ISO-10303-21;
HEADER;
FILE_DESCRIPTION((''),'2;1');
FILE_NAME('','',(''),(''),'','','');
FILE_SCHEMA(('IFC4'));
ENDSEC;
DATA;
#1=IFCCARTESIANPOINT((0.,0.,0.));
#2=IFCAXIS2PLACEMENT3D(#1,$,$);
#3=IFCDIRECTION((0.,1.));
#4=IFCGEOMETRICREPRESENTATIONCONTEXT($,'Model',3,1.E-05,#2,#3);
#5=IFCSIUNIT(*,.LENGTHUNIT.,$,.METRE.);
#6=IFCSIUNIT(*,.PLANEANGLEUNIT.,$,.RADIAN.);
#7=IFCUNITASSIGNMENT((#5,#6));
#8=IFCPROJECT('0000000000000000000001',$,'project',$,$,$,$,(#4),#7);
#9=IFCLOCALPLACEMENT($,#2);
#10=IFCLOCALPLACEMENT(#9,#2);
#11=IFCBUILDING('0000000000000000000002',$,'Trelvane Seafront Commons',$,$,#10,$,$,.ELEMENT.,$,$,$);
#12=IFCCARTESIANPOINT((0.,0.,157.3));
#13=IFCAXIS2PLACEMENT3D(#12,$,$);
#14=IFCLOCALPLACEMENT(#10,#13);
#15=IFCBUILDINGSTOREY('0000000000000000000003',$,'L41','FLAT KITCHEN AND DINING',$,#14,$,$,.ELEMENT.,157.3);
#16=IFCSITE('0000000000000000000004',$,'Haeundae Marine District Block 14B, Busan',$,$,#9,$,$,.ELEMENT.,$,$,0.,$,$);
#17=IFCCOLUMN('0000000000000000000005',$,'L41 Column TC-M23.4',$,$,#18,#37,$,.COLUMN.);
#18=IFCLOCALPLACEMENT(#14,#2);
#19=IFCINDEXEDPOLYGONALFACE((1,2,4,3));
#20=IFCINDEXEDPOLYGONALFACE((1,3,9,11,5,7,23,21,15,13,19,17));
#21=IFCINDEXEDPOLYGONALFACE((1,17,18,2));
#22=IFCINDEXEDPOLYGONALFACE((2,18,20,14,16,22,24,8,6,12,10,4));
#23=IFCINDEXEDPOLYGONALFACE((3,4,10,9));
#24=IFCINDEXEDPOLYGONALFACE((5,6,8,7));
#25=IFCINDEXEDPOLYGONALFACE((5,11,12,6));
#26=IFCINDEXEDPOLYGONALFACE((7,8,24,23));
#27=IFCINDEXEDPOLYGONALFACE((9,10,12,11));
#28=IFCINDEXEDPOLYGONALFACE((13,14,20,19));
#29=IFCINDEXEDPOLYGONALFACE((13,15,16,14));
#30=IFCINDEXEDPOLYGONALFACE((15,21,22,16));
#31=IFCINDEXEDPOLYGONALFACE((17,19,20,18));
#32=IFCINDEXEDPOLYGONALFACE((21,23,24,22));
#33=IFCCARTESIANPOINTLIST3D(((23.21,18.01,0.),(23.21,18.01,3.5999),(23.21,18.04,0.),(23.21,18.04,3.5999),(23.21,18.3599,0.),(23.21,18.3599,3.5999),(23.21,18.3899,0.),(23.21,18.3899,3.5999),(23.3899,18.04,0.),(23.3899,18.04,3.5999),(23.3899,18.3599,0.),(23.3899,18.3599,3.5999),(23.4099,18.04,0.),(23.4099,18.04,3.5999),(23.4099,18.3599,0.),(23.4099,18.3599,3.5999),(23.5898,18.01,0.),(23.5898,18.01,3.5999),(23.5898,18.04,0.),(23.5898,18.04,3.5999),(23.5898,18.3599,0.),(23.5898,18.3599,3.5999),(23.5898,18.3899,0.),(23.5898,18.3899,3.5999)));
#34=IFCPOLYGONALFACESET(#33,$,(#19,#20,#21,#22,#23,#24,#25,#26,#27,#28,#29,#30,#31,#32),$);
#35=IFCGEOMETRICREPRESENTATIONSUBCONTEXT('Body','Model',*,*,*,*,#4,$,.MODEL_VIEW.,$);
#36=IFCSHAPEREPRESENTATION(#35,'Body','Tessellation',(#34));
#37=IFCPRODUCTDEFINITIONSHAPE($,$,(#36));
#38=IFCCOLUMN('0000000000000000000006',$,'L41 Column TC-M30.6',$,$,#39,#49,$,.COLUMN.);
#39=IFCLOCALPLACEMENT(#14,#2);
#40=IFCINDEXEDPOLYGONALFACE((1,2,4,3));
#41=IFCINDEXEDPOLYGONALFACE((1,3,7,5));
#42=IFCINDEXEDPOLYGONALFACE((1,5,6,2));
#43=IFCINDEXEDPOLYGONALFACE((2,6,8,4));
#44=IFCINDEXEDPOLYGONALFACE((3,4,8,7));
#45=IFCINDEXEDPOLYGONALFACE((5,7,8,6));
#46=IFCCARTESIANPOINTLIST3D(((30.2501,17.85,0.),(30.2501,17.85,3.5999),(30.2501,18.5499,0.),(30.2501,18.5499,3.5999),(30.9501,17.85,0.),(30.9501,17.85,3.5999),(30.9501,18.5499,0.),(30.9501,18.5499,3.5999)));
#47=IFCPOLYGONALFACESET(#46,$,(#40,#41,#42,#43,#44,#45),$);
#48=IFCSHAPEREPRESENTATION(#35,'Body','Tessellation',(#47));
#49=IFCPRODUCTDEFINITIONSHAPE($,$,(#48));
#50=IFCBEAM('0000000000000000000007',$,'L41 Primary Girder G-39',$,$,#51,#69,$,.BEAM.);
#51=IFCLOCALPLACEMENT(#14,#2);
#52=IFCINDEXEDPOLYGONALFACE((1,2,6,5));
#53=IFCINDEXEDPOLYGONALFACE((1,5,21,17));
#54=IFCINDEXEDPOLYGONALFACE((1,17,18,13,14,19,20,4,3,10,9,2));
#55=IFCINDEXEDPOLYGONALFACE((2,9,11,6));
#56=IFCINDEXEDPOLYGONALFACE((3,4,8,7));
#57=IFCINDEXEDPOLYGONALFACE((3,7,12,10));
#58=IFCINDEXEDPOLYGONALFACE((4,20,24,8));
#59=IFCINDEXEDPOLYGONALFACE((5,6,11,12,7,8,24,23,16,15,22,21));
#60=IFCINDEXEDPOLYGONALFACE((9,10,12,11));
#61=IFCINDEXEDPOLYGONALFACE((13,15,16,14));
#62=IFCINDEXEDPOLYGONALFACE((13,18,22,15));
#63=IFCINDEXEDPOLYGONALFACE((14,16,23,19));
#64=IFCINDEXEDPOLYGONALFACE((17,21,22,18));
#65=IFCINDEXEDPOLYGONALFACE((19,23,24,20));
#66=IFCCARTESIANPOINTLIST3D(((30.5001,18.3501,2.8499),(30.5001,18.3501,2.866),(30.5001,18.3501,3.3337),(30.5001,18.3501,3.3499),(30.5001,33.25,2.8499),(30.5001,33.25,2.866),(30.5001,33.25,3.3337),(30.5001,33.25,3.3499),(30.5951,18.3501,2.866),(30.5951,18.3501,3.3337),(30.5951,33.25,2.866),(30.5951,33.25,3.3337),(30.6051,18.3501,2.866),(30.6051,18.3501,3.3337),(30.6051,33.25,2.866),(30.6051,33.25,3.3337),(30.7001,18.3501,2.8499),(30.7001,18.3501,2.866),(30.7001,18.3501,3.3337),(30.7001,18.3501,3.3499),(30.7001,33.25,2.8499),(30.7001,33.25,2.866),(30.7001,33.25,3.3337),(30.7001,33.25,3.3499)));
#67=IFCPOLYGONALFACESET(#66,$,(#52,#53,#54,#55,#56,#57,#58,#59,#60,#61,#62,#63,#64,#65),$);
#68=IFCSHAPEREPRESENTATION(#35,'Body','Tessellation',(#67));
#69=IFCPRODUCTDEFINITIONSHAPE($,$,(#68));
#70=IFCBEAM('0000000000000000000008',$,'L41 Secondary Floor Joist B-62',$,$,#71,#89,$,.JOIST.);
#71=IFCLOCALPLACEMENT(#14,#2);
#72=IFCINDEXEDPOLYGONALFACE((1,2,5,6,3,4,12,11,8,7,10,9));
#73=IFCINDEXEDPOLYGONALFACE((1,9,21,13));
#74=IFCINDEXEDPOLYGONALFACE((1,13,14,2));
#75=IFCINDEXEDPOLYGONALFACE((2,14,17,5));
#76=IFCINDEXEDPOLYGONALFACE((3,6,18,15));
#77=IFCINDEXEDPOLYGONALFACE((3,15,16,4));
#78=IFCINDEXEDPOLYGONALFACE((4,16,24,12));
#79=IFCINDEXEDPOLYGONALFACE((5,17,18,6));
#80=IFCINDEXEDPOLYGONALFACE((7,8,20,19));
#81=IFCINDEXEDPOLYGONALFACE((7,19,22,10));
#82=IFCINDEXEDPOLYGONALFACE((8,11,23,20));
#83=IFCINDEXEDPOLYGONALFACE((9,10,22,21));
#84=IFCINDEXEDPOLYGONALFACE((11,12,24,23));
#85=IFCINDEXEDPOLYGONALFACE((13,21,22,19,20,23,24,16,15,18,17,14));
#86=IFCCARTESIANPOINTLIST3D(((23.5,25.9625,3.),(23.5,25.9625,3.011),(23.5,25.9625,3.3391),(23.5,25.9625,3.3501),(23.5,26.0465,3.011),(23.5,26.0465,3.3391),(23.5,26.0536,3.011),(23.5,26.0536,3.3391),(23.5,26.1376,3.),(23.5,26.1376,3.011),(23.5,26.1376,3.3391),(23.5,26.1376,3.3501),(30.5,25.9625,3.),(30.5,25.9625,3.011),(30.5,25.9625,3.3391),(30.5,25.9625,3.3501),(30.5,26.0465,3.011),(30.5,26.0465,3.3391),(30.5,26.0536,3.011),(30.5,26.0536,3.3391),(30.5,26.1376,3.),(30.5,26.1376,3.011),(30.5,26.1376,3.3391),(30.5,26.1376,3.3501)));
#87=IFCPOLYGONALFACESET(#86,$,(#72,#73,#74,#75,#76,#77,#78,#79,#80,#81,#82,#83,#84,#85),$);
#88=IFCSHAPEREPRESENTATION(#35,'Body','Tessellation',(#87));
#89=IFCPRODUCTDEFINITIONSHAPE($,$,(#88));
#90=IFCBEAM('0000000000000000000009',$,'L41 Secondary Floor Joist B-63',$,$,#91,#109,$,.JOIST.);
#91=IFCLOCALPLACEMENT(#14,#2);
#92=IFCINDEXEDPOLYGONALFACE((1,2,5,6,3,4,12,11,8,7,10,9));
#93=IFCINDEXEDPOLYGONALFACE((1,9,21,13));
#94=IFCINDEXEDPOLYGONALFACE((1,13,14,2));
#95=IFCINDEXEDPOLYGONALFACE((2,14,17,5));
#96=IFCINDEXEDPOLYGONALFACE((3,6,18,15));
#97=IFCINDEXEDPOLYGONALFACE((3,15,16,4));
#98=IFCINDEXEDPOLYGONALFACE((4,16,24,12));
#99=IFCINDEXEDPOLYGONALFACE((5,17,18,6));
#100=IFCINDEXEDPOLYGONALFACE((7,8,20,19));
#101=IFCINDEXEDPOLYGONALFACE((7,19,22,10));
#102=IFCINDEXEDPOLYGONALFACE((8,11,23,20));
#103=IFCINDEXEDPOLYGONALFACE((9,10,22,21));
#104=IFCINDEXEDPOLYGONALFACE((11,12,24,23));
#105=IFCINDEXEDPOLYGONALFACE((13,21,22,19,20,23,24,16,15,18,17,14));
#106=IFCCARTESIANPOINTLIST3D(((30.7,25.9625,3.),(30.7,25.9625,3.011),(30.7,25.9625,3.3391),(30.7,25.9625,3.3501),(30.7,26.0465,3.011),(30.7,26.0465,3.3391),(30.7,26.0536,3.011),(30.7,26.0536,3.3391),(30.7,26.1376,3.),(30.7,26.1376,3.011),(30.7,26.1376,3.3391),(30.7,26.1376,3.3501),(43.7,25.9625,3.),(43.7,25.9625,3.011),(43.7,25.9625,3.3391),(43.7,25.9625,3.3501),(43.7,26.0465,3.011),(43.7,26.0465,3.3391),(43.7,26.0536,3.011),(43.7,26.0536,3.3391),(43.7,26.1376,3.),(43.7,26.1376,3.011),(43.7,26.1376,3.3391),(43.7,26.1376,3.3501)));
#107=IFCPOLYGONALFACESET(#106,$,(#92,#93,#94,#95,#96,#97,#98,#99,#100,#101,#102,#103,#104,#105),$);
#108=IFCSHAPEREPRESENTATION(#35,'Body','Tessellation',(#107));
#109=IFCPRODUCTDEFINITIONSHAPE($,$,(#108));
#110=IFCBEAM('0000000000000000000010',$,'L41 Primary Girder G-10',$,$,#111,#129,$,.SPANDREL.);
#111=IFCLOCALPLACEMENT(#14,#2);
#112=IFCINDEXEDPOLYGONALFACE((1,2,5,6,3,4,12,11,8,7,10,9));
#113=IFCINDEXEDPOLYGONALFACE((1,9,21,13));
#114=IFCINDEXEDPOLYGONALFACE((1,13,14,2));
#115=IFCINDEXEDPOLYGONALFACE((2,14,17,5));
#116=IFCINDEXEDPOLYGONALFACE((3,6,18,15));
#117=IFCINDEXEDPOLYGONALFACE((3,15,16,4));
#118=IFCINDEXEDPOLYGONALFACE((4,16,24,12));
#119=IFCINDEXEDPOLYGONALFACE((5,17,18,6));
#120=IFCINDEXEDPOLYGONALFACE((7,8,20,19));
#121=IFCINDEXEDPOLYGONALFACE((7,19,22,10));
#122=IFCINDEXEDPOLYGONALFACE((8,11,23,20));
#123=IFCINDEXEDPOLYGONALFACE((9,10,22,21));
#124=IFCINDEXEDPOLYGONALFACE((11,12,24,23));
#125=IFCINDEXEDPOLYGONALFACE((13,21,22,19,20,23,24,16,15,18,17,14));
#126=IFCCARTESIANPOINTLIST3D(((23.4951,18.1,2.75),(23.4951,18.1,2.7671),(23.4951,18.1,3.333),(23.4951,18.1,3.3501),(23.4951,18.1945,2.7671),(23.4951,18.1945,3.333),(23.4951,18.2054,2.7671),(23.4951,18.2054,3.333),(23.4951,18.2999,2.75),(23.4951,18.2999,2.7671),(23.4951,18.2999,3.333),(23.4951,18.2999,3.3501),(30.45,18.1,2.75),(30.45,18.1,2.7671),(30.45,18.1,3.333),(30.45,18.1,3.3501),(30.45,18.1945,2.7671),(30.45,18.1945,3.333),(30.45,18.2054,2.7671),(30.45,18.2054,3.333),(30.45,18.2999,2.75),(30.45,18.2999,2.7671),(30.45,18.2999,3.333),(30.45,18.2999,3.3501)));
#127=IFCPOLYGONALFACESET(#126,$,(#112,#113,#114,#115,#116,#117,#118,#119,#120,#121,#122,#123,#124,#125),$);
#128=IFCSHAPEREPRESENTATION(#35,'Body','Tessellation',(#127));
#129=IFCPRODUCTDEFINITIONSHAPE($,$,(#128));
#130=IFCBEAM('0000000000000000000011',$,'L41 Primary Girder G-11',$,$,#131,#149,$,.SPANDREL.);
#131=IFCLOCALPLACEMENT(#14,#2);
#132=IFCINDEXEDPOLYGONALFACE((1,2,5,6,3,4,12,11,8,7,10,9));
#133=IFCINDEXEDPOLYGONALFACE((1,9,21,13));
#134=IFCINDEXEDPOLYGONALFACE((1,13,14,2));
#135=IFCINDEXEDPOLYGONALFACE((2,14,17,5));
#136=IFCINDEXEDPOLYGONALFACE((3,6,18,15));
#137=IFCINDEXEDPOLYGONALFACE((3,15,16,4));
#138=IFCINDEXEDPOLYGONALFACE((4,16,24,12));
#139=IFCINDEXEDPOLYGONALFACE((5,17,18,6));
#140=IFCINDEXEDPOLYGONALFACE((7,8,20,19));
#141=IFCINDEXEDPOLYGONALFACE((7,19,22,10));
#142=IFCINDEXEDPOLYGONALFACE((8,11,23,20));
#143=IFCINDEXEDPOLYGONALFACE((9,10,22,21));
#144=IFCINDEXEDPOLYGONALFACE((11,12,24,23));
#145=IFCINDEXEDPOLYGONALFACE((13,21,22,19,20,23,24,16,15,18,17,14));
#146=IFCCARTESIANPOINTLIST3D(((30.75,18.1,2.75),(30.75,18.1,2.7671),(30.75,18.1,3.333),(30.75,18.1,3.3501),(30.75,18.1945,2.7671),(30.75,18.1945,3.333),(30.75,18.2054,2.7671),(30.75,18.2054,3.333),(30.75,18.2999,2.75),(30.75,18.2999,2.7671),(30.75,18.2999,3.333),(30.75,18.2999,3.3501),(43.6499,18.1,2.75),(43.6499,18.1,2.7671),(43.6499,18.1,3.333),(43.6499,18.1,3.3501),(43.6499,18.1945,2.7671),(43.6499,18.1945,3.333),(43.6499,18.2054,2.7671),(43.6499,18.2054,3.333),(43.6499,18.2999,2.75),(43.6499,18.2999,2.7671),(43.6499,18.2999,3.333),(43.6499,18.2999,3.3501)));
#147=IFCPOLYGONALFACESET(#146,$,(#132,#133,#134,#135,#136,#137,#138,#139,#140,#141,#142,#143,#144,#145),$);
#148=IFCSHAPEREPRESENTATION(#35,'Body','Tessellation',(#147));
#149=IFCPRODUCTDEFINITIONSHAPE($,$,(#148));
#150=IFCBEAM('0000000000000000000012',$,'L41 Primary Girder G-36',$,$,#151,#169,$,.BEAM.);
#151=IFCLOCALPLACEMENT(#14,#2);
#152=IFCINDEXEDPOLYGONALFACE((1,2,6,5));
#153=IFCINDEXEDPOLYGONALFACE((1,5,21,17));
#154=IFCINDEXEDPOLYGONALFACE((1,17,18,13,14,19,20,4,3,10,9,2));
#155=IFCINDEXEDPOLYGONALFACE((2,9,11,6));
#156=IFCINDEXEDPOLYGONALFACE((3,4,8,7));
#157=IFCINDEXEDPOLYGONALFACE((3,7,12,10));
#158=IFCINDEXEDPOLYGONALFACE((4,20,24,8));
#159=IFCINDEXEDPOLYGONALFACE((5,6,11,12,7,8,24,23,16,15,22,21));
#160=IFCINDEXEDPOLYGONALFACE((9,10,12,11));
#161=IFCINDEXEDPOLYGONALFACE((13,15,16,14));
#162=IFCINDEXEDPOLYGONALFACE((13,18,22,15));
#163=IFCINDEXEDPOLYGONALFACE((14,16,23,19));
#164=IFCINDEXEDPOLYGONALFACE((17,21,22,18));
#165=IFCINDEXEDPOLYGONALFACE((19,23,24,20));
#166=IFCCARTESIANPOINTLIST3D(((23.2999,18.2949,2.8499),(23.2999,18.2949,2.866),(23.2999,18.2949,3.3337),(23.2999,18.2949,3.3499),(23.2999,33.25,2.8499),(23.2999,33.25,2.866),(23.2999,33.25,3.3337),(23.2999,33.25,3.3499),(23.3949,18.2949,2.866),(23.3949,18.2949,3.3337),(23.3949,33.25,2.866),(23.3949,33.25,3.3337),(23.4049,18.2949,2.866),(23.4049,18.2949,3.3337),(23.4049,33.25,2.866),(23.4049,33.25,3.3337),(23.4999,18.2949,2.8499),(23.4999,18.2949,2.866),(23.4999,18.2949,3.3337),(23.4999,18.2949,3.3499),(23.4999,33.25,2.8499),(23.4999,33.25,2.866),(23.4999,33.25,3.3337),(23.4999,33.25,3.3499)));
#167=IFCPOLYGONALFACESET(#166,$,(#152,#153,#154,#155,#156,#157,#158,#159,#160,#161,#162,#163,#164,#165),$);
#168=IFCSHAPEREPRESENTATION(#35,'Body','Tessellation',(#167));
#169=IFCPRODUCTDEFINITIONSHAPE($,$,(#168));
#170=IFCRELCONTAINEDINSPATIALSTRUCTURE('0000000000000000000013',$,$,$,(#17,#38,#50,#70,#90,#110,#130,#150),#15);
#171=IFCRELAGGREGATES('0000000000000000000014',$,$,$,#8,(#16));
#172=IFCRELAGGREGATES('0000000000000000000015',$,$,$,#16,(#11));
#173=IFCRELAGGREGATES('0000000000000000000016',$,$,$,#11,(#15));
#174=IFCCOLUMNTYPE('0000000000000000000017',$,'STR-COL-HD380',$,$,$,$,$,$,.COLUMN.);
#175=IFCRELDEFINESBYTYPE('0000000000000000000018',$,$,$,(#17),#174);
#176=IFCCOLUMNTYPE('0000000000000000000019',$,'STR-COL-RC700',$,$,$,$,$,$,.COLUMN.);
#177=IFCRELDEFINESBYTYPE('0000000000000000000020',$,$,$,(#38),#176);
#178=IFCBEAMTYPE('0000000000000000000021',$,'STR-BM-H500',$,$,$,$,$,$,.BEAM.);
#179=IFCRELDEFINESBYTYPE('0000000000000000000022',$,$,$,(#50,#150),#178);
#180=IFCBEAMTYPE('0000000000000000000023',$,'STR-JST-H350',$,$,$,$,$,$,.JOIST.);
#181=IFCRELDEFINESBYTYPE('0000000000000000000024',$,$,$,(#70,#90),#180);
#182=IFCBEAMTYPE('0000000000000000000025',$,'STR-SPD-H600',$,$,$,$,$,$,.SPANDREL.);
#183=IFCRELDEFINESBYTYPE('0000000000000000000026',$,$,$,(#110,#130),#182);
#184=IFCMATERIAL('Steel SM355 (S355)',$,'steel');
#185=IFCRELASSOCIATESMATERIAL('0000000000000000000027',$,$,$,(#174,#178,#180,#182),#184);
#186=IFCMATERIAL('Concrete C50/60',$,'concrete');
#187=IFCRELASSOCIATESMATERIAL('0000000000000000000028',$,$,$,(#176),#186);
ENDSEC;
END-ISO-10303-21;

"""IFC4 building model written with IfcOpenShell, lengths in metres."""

from ifc_helpers import new_model, si_unit, direction, frame, origin, origin_2d, place, context, subcontext, project, spatial, rectangle, i_section, extrude, source, transform, mapped, material, material_profile, profile_set, type_object, element, save


model = new_model("IFC4")

# Units and contexts
model_context = context("Model", 3, precision=1e-05, world=origin(), true_north=direction((0.0, 1.0)))
body_context = subcontext(model_context, "Body", "Model", "MODEL_VIEW")
ifc_project = project(units=[si_unit("LENGTHUNIT", "METRE"), si_unit("PLANEANGLEUNIT", "RADIAN")], contexts=[model_context])

# Site, building, storey
site_placement = place(None, origin())
site = spatial("IfcSite", under=ifc_project, at=site_placement, Name="Haeundae Marine District Block 14B, Busan", CompositionType="ELEMENT", RefElevation=0.0)
building_placement = place(site_placement, origin())
building = spatial("IfcBuilding", under=site, at=building_placement, Name="Trelvane Seafront Commons", CompositionType="ELEMENT")
storey_placement = place(building_placement, frame((0.0, 0.0, 157.3)))
storey = spatial("IfcBuildingStorey", under=building, at=storey_placement, Name="L41", Description="FLAT KITCHEN AND DINING", CompositionType="ELEMENT", Elevation=157.3)

# Columns
ifc_material_1 = material(Name="Steel SM355 (S355)", Category="steel")
ifc_material_profile_1 = material_profile(ifc_material_1, i_section(OverallWidth=0.3799, OverallDepth=0.3799, WebThickness=0.02, FlangeThickness=0.03, at=origin_2d()), Name="HD-380x380x20x30")
ifc_profile_set_1 = profile_set([ifc_material_profile_1], Name="Steel SM355 (S355)")
column_type_1 = type_object("IfcColumnType", Name="STR-COL-HD380", PredefinedType="COLUMN", material=ifc_profile_set_1)
shared_shape_1 = source(origin(), body_context, "Body", "SweptSolid", [
    extrude(i_section(OverallWidth=0.3799, OverallDepth=0.3799, WebThickness=0.02, FlangeThickness=0.03, at=origin_2d()), origin(), (0.0, 0.0, 1.0), 3.5999),
])
column_1_placement = place(storey_placement, frame((23.3999, 18.2, 0.0), z_axis=(0.0, 0.0, 1.0), x_axis=(1.0, 0.0, 0.0)))
element("IfcColumn", 1, at=column_1_placement, inside=storey, type_object=column_type_1, Name="L41 Column TC-M23.4", PredefinedType="COLUMN", context=body_context, shape_type="MappedRepresentation", body=[
    mapped(shared_shape_1, transform((0.0, 0.0, 0.0), x_axis=(1.0, 0.0, 0.0), y_axis=(0.0, 1.0, 0.0), z_axis=(0.0, 0.0, 1.0), scale=1.0)),
])
ifc_material_2 = material(Name="Concrete C50/60", Category="concrete")
ifc_material_profile_2 = material_profile(ifc_material_2, rectangle(XDim=0.7, YDim=0.7, at=origin_2d()), Name="RC-700x700")
ifc_profile_set_2 = profile_set([ifc_material_profile_2], Name="Concrete C50/60")
column_type_2 = type_object("IfcColumnType", Name="STR-COL-RC700", PredefinedType="COLUMN", material=ifc_profile_set_2)
shared_shape_2 = source(origin(), body_context, "Body", "SweptSolid", [
    extrude(rectangle(XDim=0.7, YDim=0.7, at=origin_2d()), origin(), (0.0, 0.0, 1.0), 3.5999),
])
column_2_placement = place(storey_placement, frame((30.6001, 18.2, 0.0), z_axis=(0.0, 0.0, 1.0), x_axis=(1.0, 0.0, 0.0)))
element("IfcColumn", 2, at=column_2_placement, inside=storey, type_object=column_type_2, Name="L41 Column TC-M30.6", PredefinedType="COLUMN", context=body_context, shape_type="MappedRepresentation", body=[
    mapped(shared_shape_2, transform((0.0, 0.0, 0.0), x_axis=(1.0, 0.0, 0.0), y_axis=(0.0, 1.0, 0.0), z_axis=(0.0, 0.0, 1.0), scale=1.0)),
])

# Beams
ifc_material_profile_3 = material_profile(ifc_material_1, i_section(OverallWidth=0.2, OverallDepth=0.5, WebThickness=0.01, FlangeThickness=0.0161, at=origin_2d()), Name="H-500x200x10x16")
ifc_profile_set_3 = profile_set([ifc_material_profile_3], Name="Steel SM355 (S355)")
beam_type_1 = type_object("IfcBeamType", Name="STR-BM-H500", PredefinedType="BEAM", material=ifc_profile_set_3)
shared_shape_3 = source(origin(), body_context, "Body", "SweptSolid", [
    extrude(i_section(OverallWidth=0.2, OverallDepth=0.5, WebThickness=0.01, FlangeThickness=0.0161, at=origin_2d()), origin(), (0.0, 0.0, 1.0), 14.8999),
])
beam_1_placement = place(storey_placement, frame((30.6001, 18.3501, 3.0999), z_axis=(0.0, 1.0, 0.0), x_axis=(-1.0, 0.0, 0.0)))
element("IfcBeam", 3, at=beam_1_placement, inside=storey, type_object=beam_type_1, Name="L41 Primary Girder G-39", PredefinedType="BEAM", context=body_context, shape_type="MappedRepresentation", body=[
    mapped(shared_shape_3, transform((0.0, 0.0, 0.0), x_axis=(1.0, 0.0, 0.0), y_axis=(0.0, 1.0, 0.0), z_axis=(0.0, 0.0, 1.0), scale=1.0)),
])
ifc_material_profile_4 = material_profile(ifc_material_1, i_section(OverallWidth=0.175, OverallDepth=0.3501, WebThickness=0.0071, FlangeThickness=0.011, at=origin_2d()), Name="H-350x175x7x11")
ifc_profile_set_4 = profile_set([ifc_material_profile_4], Name="Steel SM355 (S355)")
beam_type_2 = type_object("IfcBeamType", Name="STR-JST-H350", PredefinedType="JOIST", material=ifc_profile_set_4)
shared_shape_4 = source(origin(), body_context, "Body", "SweptSolid", [
    extrude(i_section(OverallWidth=0.175, OverallDepth=0.3501, WebThickness=0.0071, FlangeThickness=0.011, at=origin_2d()), origin(), (0.0, 0.0, 1.0), 7.0),
])
beam_2_placement = place(storey_placement, frame((23.5, 26.05, 3.175), z_axis=(1.0, 0.0, 0.0), x_axis=(0.0, 1.0, 0.0)))
element("IfcBeam", 4, at=beam_2_placement, inside=storey, type_object=beam_type_2, Name="L41 Secondary Floor Joist B-62", PredefinedType="JOIST", context=body_context, shape_type="MappedRepresentation", body=[
    mapped(shared_shape_4, transform((0.0, 0.0, 0.0), x_axis=(1.0, 0.0, 0.0), y_axis=(0.0, 1.0, 0.0), z_axis=(0.0, 0.0, 1.0), scale=1.0)),
])
shared_shape_5 = source(origin(), body_context, "Body", "SweptSolid", [
    extrude(i_section(OverallWidth=0.175, OverallDepth=0.3501, WebThickness=0.0071, FlangeThickness=0.011, at=origin_2d()), origin(), (0.0, 0.0, 1.0), 13.0),
])
beam_3_placement = place(storey_placement, frame((30.7, 26.05, 3.175), z_axis=(1.0, 0.0, 0.0), x_axis=(0.0, 1.0, 0.0)))
element("IfcBeam", 5, at=beam_3_placement, inside=storey, type_object=beam_type_2, Name="L41 Secondary Floor Joist B-63", PredefinedType="JOIST", context=body_context, shape_type="MappedRepresentation", body=[
    mapped(shared_shape_5, transform((0.0, 0.0, 0.0), x_axis=(1.0, 0.0, 0.0), y_axis=(0.0, 1.0, 0.0), z_axis=(0.0, 0.0, 1.0), scale=1.0)),
])
ifc_material_profile_5 = material_profile(ifc_material_1, i_section(OverallWidth=0.2, OverallDepth=0.6001, WebThickness=0.011, FlangeThickness=0.0171, at=origin_2d()), Name="H-600x200x11x17")
ifc_profile_set_5 = profile_set([ifc_material_profile_5], Name="Steel SM355 (S355)")
beam_type_3 = type_object("IfcBeamType", Name="STR-SPD-H600", PredefinedType="SPANDREL", material=ifc_profile_set_5)
shared_shape_6 = source(origin(), body_context, "Body", "SweptSolid", [
    extrude(i_section(OverallWidth=0.2, OverallDepth=0.6001, WebThickness=0.011, FlangeThickness=0.0171, at=origin_2d()), origin(), (0.0, 0.0, 1.0), 6.9548),
])
beam_4_placement = place(storey_placement, frame((23.4951, 18.2, 3.05), z_axis=(1.0, 0.0, 0.0), x_axis=(0.0, 1.0, 0.0)))
element("IfcBeam", 6, at=beam_4_placement, inside=storey, type_object=beam_type_3, Name="L41 Primary Girder G-10", PredefinedType="SPANDREL", context=body_context, shape_type="MappedRepresentation", body=[
    mapped(shared_shape_6, transform((0.0, 0.0, 0.0), x_axis=(1.0, 0.0, 0.0), y_axis=(0.0, 1.0, 0.0), z_axis=(0.0, 0.0, 1.0), scale=1.0)),
])
shared_shape_7 = source(origin(), body_context, "Body", "SweptSolid", [
    extrude(i_section(OverallWidth=0.2, OverallDepth=0.6001, WebThickness=0.011, FlangeThickness=0.0171, at=origin_2d()), origin(), (0.0, 0.0, 1.0), 12.8999),
])
beam_5_placement = place(storey_placement, frame((30.75, 18.2, 3.05), z_axis=(1.0, 0.0, 0.0), x_axis=(0.0, 1.0, 0.0)))
element("IfcBeam", 7, at=beam_5_placement, inside=storey, type_object=beam_type_3, Name="L41 Primary Girder G-11", PredefinedType="SPANDREL", context=body_context, shape_type="MappedRepresentation", body=[
    mapped(shared_shape_7, transform((0.0, 0.0, 0.0), x_axis=(1.0, 0.0, 0.0), y_axis=(0.0, 1.0, 0.0), z_axis=(0.0, 0.0, 1.0), scale=1.0)),
])
shared_shape_8 = source(origin(), body_context, "Body", "SweptSolid", [
    extrude(i_section(OverallWidth=0.2, OverallDepth=0.5, WebThickness=0.01, FlangeThickness=0.0161, at=origin_2d()), origin(), (0.0, 0.0, 1.0), 14.9551),
])
beam_6_placement = place(storey_placement, frame((23.3999, 18.2949, 3.0999), z_axis=(0.0, 1.0, 0.0), x_axis=(-1.0, 0.0, 0.0)))
element("IfcBeam", 8, at=beam_6_placement, inside=storey, type_object=beam_type_1, Name="L41 Primary Girder G-36", PredefinedType="BEAM", context=body_context, shape_type="MappedRepresentation", body=[
    mapped(shared_shape_8, transform((0.0, 0.0, 0.0), x_axis=(1.0, 0.0, 0.0), y_axis=(0.0, 1.0, 0.0), z_axis=(0.0, 0.0, 1.0), scale=1.0)),
])

save(model, "model.ifc")
